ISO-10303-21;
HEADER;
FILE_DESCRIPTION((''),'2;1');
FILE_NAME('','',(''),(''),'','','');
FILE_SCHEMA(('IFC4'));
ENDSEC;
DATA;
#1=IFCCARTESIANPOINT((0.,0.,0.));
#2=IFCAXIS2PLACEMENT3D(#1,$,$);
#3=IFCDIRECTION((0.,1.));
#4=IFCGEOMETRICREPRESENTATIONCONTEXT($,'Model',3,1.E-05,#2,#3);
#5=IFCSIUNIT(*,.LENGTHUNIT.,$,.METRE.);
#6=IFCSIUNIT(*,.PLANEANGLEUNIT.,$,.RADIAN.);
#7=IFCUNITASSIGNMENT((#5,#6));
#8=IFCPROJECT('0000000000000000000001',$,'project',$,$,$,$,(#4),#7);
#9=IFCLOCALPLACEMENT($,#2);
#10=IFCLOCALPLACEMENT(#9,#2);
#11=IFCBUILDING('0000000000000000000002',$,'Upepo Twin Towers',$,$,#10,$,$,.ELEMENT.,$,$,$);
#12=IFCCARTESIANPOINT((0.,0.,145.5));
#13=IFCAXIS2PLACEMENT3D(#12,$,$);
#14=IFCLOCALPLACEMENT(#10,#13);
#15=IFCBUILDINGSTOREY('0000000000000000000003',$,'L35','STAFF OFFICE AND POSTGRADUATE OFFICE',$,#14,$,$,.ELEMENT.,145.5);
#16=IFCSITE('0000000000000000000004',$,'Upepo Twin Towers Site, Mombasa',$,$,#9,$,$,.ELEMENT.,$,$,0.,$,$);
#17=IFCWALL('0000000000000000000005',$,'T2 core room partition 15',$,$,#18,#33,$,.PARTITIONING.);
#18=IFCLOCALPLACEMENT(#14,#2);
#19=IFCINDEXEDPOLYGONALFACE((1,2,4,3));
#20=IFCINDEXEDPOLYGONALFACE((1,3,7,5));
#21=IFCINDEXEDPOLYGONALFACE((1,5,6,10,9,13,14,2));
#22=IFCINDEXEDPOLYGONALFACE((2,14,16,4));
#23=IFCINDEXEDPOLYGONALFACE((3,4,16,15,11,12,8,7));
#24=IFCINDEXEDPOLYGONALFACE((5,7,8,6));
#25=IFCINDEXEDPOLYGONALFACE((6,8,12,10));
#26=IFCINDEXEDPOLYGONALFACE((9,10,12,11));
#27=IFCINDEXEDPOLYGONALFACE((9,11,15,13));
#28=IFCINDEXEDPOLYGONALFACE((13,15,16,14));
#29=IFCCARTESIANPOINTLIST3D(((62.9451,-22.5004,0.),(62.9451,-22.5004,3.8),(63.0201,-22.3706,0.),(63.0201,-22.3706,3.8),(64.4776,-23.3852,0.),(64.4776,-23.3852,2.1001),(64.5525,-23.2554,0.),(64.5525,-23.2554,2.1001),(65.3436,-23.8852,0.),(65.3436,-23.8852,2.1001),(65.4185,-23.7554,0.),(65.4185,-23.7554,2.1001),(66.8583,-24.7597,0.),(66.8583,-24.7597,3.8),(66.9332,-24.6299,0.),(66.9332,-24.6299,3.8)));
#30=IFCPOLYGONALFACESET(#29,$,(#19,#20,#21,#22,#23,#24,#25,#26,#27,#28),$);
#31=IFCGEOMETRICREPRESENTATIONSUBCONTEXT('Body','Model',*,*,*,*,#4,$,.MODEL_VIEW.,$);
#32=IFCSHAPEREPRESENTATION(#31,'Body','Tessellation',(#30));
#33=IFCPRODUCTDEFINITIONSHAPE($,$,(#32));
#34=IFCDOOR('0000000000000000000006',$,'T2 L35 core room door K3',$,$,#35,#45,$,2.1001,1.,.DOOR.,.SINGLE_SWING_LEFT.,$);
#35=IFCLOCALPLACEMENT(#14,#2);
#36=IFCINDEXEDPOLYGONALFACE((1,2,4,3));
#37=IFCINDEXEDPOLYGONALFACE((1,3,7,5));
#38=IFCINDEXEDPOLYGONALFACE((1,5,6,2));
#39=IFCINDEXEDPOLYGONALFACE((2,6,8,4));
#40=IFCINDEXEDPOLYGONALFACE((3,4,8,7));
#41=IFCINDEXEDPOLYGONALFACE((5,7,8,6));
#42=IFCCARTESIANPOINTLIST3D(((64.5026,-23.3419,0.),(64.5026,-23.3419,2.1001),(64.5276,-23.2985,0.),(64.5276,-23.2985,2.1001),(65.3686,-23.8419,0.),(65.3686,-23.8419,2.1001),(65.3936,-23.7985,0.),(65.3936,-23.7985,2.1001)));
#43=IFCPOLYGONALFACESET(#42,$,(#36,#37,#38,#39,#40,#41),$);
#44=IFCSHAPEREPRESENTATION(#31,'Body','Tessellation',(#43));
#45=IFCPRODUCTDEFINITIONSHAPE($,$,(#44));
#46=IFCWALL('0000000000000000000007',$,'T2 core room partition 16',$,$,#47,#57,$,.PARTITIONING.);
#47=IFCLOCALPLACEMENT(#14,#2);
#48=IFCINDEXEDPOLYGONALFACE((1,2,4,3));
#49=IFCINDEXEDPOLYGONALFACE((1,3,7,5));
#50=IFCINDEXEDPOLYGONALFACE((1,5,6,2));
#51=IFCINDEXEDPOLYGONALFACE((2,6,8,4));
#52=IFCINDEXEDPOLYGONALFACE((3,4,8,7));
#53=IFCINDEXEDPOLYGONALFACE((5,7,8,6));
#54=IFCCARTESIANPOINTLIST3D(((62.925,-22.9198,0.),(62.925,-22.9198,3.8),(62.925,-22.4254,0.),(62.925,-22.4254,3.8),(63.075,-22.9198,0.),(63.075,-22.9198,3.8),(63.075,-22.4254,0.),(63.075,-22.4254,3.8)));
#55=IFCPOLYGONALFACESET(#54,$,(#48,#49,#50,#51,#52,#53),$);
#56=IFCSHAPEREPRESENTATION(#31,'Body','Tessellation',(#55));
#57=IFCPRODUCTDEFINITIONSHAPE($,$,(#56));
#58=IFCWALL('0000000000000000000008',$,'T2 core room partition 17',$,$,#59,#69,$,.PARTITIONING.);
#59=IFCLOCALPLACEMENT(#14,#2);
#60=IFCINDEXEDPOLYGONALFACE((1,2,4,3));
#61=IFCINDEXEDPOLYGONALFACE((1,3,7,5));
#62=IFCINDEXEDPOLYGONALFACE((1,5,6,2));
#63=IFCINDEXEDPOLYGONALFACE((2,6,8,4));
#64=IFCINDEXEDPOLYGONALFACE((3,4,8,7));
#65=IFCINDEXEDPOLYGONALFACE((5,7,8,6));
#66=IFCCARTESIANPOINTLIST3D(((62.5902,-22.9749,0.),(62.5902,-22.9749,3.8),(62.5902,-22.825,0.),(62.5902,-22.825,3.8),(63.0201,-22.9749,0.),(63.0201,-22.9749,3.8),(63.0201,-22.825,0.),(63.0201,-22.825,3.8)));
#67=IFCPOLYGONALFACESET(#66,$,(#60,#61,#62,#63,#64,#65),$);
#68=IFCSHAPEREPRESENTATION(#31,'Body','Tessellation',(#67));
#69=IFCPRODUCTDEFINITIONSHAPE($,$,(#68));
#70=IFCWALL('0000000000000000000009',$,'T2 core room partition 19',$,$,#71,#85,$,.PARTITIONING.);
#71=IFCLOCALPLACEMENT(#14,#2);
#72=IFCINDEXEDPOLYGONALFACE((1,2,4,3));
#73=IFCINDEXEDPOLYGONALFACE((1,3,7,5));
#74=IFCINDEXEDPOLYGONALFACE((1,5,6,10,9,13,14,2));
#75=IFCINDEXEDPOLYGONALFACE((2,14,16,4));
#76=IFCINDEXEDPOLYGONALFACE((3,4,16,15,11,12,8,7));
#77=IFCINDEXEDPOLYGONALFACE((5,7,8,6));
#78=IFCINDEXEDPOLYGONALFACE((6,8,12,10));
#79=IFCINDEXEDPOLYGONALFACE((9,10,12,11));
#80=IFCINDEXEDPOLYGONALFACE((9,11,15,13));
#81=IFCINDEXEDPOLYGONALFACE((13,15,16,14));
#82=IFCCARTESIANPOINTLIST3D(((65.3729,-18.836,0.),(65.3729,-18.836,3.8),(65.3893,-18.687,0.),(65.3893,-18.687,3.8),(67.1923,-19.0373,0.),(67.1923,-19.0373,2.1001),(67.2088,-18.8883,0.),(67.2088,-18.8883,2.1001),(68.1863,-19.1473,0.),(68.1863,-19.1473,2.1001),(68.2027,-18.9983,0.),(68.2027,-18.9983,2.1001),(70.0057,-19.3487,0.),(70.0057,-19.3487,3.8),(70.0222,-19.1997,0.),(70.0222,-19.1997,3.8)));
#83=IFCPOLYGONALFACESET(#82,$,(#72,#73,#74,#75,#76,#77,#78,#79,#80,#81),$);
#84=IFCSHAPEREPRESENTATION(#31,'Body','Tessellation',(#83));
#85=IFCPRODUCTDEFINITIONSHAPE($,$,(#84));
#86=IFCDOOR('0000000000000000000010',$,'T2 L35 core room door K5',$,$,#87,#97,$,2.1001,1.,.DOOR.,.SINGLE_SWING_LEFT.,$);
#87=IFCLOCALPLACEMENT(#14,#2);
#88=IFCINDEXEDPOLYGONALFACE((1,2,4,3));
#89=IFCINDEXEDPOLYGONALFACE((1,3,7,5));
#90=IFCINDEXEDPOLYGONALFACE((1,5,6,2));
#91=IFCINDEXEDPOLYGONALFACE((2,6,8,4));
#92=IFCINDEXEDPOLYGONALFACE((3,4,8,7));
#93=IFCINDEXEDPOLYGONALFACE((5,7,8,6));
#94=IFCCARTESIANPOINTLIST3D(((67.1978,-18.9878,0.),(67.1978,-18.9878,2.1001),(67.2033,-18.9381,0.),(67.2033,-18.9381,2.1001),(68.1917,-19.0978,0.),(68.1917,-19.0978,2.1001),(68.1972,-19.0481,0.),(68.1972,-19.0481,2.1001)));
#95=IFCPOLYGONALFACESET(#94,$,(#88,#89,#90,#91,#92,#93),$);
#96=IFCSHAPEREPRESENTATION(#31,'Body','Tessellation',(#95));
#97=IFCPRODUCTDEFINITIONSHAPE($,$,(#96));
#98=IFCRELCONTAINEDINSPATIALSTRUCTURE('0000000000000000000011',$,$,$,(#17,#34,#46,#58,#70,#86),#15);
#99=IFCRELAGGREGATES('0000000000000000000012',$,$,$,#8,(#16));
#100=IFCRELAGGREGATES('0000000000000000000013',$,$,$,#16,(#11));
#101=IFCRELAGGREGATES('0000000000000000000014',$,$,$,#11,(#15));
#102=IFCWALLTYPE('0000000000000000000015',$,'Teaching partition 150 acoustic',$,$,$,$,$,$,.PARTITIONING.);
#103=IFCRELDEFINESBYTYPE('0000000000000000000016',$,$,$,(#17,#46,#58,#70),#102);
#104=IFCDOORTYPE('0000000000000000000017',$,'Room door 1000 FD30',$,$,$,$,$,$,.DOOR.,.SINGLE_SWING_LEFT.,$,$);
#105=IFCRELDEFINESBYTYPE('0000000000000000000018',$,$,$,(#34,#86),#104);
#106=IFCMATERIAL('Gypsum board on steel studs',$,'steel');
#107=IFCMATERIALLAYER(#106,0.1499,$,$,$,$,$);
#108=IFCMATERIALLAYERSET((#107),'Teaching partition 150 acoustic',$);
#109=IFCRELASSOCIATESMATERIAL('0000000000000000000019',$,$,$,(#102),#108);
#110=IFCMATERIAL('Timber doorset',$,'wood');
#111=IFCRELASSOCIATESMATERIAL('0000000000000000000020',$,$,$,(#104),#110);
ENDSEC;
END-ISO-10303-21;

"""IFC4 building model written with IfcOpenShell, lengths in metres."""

from ifc_helpers import new_model, si_unit, direction, frame, frame_2d, origin, place, context, subcontext, project, spatial, rectangle, extrude, material, layer, layer_set, type_object, element, fill, save


model = new_model("IFC4")

# Units and contexts
model_context = context("Model", 3, precision=1e-05, world=origin(), true_north=direction((0.0, 1.0)))
body_context = subcontext(model_context, "Body", "Model", "MODEL_VIEW")
ifc_project = project(units=[si_unit("LENGTHUNIT", "METRE"), si_unit("PLANEANGLEUNIT", "RADIAN")], contexts=[model_context])

# Site, building, storey
site_placement = place(None, origin())
site = spatial("IfcSite", under=ifc_project, at=site_placement, Name="Upepo Twin Towers Site, Mombasa", CompositionType="ELEMENT", RefElevation=0.0)
building_placement = place(site_placement, origin())
building = spatial("IfcBuilding", under=site, at=building_placement, Name="Upepo Twin Towers", CompositionType="ELEMENT")
storey_placement = place(building_placement, frame((0.0, 0.0, 145.5)))
storey = spatial("IfcBuildingStorey", under=building, at=storey_placement, Name="L35", Description="STAFF OFFICE AND POSTGRADUATE OFFICE", CompositionType="ELEMENT", Elevation=145.5)

# Shared definitions
ifc_material_1 = material(Name="Gypsum board on steel studs", Category="steel")
ifc_layer_1 = layer(ifc_material_1, 0.1499)
ifc_layer_set_1 = layer_set([ifc_layer_1], Name="Teaching partition 150 acoustic")
wall_type_1 = type_object("IfcWallType", Name="Teaching partition 150 acoustic", PredefinedType="PARTITIONING", material=ifc_layer_set_1)

# Wall, opening, door
ifc_material_2 = material(Name="Timber doorset", Category="wood")
door_type_1 = type_object("IfcDoorType", Name="Room door 1000 FD30", OperationType="SINGLE_SWING_LEFT", PredefinedType="DOOR", material=ifc_material_2)
wall_1_placement = place(storey_placement, frame((66.8958, -24.6948, 0.0), z_axis=(0.0, 0.0, 1.0), x_axis=(-0.86602, 0.500009, 0.0)))
wall_1 = element("IfcWall", 1, at=wall_1_placement, inside=storey, type_object=wall_type_1, Name="T2 core room partition 15", PredefinedType="PARTITIONING", context=body_context, shape_type="SweptSolid", body=[
    extrude(rectangle(XDim=4.5186, YDim=0.1499, at=frame_2d((2.2593, 0.0))), origin(), (0.0, 0.0, 1.0), 3.8),
])
opening_1_placement = place(wall_1_placement, frame((1.749, 0.0, 0.0)))
opening_1 = element("IfcOpeningElement", 2, at=opening_1_placement, cuts=wall_1, PredefinedType="OPENING", context=body_context, shape_type="SweptSolid", body=[
    extrude(rectangle(XDim=1.0, YDim=2.1001, at=frame_2d((0.5, 1.05))), frame((0.0, 0.085, 0.0), z_axis=(0.0, -1.0, 0.0), x_axis=(1.0, 0.0, 0.0)), (0.0, 0.0, 1.0), 0.1699),
])
door_1_placement = place(opening_1_placement, origin())
door_1 = element("IfcDoor", 3, at=door_1_placement, inside=storey, type_object=door_type_1, Name="T2 L35 core room door K3", OperationType="SINGLE_SWING_LEFT", OverallHeight=2.1001, OverallWidth=1.0, PredefinedType="DOOR", context=body_context, shape_type="SweptSolid", body=[
    extrude(rectangle(XDim=1.0, YDim=2.1001, at=frame_2d((0.5, 1.05))), frame((0.0, 0.0249, 0.0), z_axis=(0.0, -1.0, 0.0), x_axis=(1.0, 0.0, 0.0)), (0.0, 0.0, 1.0), 0.05),
])
fill(opening_1, door_1)

# Walls
wall_2_placement = place(storey_placement, frame((63.0, -22.4255, 0.0), z_axis=(0.0, 0.0, 1.0), x_axis=(0.0, -1.0, 0.0)))
element("IfcWall", 4, at=wall_2_placement, inside=storey, type_object=wall_type_1, Name="T2 core room partition 16", PredefinedType="PARTITIONING", context=body_context, shape_type="SweptSolid", body=[
    extrude(rectangle(XDim=0.4944, YDim=0.1499, at=frame_2d((0.2471, 0.0))), origin(), (0.0, 0.0, 1.0), 3.8),
])
wall_3_placement = place(storey_placement, frame((63.02, -22.8999, 0.0), z_axis=(0.0, 0.0, 1.0), x_axis=(-1.0, 0.0, 0.0)))
element("IfcWall", 5, at=wall_3_placement, inside=storey, type_object=wall_type_1, Name="T2 core room partition 17", PredefinedType="PARTITIONING", context=body_context, shape_type="SweptSolid", body=[
    extrude(rectangle(XDim=0.4299, YDim=0.1499, at=frame_2d((0.2148, 0.0))), origin(), (0.0, 0.0, 1.0), 3.8),
])

# Wall, opening, door
wall_4_placement = place(storey_placement, frame((65.3811, -18.7615, 0.0), z_axis=(0.0, 0.0, 1.0), x_axis=(0.993932, -0.109995, 0.0)))
wall_4 = element("IfcWall", 6, at=wall_4_placement, inside=storey, type_object=wall_type_1, Name="T2 core room partition 19", PredefinedType="PARTITIONING", context=body_context, shape_type="SweptSolid", body=[
    extrude(rectangle(XDim=4.6611, YDim=0.1499, at=frame_2d((2.3306, 0.0))), origin(), (0.0, 0.0, 1.0), 3.8),
])
opening_2_placement = place(wall_4_placement, frame((1.8306, 0.0, 0.0)))
opening_2 = element("IfcOpeningElement", 7, at=opening_2_placement, cuts=wall_4, PredefinedType="OPENING", context=body_context, shape_type="SweptSolid", body=[
    extrude(rectangle(XDim=1.0, YDim=2.1001, at=frame_2d((0.5, 1.05))), frame((0.0, 0.085, 0.0), z_axis=(0.0, -1.0, 0.0), x_axis=(1.0, 0.0, 0.0)), (0.0, 0.0, 1.0), 0.1699),
])
door_2_placement = place(opening_2_placement, origin())
door_2 = element("IfcDoor", 8, at=door_2_placement, inside=storey, type_object=door_type_1, Name="T2 L35 core room door K5", OperationType="SINGLE_SWING_LEFT", OverallHeight=2.1001, OverallWidth=1.0, PredefinedType="DOOR", context=body_context, shape_type="SweptSolid", body=[
    extrude(rectangle(XDim=1.0, YDim=2.1001, at=frame_2d((0.5, 1.05))), frame((0.0, 0.0249, 0.0), z_axis=(0.0, -1.0, 0.0), x_axis=(1.0, 0.0, 0.0)), (0.0, 0.0, 1.0), 0.05),
])
fill(opening_2, door_2)

save(model, "model.ifc")
